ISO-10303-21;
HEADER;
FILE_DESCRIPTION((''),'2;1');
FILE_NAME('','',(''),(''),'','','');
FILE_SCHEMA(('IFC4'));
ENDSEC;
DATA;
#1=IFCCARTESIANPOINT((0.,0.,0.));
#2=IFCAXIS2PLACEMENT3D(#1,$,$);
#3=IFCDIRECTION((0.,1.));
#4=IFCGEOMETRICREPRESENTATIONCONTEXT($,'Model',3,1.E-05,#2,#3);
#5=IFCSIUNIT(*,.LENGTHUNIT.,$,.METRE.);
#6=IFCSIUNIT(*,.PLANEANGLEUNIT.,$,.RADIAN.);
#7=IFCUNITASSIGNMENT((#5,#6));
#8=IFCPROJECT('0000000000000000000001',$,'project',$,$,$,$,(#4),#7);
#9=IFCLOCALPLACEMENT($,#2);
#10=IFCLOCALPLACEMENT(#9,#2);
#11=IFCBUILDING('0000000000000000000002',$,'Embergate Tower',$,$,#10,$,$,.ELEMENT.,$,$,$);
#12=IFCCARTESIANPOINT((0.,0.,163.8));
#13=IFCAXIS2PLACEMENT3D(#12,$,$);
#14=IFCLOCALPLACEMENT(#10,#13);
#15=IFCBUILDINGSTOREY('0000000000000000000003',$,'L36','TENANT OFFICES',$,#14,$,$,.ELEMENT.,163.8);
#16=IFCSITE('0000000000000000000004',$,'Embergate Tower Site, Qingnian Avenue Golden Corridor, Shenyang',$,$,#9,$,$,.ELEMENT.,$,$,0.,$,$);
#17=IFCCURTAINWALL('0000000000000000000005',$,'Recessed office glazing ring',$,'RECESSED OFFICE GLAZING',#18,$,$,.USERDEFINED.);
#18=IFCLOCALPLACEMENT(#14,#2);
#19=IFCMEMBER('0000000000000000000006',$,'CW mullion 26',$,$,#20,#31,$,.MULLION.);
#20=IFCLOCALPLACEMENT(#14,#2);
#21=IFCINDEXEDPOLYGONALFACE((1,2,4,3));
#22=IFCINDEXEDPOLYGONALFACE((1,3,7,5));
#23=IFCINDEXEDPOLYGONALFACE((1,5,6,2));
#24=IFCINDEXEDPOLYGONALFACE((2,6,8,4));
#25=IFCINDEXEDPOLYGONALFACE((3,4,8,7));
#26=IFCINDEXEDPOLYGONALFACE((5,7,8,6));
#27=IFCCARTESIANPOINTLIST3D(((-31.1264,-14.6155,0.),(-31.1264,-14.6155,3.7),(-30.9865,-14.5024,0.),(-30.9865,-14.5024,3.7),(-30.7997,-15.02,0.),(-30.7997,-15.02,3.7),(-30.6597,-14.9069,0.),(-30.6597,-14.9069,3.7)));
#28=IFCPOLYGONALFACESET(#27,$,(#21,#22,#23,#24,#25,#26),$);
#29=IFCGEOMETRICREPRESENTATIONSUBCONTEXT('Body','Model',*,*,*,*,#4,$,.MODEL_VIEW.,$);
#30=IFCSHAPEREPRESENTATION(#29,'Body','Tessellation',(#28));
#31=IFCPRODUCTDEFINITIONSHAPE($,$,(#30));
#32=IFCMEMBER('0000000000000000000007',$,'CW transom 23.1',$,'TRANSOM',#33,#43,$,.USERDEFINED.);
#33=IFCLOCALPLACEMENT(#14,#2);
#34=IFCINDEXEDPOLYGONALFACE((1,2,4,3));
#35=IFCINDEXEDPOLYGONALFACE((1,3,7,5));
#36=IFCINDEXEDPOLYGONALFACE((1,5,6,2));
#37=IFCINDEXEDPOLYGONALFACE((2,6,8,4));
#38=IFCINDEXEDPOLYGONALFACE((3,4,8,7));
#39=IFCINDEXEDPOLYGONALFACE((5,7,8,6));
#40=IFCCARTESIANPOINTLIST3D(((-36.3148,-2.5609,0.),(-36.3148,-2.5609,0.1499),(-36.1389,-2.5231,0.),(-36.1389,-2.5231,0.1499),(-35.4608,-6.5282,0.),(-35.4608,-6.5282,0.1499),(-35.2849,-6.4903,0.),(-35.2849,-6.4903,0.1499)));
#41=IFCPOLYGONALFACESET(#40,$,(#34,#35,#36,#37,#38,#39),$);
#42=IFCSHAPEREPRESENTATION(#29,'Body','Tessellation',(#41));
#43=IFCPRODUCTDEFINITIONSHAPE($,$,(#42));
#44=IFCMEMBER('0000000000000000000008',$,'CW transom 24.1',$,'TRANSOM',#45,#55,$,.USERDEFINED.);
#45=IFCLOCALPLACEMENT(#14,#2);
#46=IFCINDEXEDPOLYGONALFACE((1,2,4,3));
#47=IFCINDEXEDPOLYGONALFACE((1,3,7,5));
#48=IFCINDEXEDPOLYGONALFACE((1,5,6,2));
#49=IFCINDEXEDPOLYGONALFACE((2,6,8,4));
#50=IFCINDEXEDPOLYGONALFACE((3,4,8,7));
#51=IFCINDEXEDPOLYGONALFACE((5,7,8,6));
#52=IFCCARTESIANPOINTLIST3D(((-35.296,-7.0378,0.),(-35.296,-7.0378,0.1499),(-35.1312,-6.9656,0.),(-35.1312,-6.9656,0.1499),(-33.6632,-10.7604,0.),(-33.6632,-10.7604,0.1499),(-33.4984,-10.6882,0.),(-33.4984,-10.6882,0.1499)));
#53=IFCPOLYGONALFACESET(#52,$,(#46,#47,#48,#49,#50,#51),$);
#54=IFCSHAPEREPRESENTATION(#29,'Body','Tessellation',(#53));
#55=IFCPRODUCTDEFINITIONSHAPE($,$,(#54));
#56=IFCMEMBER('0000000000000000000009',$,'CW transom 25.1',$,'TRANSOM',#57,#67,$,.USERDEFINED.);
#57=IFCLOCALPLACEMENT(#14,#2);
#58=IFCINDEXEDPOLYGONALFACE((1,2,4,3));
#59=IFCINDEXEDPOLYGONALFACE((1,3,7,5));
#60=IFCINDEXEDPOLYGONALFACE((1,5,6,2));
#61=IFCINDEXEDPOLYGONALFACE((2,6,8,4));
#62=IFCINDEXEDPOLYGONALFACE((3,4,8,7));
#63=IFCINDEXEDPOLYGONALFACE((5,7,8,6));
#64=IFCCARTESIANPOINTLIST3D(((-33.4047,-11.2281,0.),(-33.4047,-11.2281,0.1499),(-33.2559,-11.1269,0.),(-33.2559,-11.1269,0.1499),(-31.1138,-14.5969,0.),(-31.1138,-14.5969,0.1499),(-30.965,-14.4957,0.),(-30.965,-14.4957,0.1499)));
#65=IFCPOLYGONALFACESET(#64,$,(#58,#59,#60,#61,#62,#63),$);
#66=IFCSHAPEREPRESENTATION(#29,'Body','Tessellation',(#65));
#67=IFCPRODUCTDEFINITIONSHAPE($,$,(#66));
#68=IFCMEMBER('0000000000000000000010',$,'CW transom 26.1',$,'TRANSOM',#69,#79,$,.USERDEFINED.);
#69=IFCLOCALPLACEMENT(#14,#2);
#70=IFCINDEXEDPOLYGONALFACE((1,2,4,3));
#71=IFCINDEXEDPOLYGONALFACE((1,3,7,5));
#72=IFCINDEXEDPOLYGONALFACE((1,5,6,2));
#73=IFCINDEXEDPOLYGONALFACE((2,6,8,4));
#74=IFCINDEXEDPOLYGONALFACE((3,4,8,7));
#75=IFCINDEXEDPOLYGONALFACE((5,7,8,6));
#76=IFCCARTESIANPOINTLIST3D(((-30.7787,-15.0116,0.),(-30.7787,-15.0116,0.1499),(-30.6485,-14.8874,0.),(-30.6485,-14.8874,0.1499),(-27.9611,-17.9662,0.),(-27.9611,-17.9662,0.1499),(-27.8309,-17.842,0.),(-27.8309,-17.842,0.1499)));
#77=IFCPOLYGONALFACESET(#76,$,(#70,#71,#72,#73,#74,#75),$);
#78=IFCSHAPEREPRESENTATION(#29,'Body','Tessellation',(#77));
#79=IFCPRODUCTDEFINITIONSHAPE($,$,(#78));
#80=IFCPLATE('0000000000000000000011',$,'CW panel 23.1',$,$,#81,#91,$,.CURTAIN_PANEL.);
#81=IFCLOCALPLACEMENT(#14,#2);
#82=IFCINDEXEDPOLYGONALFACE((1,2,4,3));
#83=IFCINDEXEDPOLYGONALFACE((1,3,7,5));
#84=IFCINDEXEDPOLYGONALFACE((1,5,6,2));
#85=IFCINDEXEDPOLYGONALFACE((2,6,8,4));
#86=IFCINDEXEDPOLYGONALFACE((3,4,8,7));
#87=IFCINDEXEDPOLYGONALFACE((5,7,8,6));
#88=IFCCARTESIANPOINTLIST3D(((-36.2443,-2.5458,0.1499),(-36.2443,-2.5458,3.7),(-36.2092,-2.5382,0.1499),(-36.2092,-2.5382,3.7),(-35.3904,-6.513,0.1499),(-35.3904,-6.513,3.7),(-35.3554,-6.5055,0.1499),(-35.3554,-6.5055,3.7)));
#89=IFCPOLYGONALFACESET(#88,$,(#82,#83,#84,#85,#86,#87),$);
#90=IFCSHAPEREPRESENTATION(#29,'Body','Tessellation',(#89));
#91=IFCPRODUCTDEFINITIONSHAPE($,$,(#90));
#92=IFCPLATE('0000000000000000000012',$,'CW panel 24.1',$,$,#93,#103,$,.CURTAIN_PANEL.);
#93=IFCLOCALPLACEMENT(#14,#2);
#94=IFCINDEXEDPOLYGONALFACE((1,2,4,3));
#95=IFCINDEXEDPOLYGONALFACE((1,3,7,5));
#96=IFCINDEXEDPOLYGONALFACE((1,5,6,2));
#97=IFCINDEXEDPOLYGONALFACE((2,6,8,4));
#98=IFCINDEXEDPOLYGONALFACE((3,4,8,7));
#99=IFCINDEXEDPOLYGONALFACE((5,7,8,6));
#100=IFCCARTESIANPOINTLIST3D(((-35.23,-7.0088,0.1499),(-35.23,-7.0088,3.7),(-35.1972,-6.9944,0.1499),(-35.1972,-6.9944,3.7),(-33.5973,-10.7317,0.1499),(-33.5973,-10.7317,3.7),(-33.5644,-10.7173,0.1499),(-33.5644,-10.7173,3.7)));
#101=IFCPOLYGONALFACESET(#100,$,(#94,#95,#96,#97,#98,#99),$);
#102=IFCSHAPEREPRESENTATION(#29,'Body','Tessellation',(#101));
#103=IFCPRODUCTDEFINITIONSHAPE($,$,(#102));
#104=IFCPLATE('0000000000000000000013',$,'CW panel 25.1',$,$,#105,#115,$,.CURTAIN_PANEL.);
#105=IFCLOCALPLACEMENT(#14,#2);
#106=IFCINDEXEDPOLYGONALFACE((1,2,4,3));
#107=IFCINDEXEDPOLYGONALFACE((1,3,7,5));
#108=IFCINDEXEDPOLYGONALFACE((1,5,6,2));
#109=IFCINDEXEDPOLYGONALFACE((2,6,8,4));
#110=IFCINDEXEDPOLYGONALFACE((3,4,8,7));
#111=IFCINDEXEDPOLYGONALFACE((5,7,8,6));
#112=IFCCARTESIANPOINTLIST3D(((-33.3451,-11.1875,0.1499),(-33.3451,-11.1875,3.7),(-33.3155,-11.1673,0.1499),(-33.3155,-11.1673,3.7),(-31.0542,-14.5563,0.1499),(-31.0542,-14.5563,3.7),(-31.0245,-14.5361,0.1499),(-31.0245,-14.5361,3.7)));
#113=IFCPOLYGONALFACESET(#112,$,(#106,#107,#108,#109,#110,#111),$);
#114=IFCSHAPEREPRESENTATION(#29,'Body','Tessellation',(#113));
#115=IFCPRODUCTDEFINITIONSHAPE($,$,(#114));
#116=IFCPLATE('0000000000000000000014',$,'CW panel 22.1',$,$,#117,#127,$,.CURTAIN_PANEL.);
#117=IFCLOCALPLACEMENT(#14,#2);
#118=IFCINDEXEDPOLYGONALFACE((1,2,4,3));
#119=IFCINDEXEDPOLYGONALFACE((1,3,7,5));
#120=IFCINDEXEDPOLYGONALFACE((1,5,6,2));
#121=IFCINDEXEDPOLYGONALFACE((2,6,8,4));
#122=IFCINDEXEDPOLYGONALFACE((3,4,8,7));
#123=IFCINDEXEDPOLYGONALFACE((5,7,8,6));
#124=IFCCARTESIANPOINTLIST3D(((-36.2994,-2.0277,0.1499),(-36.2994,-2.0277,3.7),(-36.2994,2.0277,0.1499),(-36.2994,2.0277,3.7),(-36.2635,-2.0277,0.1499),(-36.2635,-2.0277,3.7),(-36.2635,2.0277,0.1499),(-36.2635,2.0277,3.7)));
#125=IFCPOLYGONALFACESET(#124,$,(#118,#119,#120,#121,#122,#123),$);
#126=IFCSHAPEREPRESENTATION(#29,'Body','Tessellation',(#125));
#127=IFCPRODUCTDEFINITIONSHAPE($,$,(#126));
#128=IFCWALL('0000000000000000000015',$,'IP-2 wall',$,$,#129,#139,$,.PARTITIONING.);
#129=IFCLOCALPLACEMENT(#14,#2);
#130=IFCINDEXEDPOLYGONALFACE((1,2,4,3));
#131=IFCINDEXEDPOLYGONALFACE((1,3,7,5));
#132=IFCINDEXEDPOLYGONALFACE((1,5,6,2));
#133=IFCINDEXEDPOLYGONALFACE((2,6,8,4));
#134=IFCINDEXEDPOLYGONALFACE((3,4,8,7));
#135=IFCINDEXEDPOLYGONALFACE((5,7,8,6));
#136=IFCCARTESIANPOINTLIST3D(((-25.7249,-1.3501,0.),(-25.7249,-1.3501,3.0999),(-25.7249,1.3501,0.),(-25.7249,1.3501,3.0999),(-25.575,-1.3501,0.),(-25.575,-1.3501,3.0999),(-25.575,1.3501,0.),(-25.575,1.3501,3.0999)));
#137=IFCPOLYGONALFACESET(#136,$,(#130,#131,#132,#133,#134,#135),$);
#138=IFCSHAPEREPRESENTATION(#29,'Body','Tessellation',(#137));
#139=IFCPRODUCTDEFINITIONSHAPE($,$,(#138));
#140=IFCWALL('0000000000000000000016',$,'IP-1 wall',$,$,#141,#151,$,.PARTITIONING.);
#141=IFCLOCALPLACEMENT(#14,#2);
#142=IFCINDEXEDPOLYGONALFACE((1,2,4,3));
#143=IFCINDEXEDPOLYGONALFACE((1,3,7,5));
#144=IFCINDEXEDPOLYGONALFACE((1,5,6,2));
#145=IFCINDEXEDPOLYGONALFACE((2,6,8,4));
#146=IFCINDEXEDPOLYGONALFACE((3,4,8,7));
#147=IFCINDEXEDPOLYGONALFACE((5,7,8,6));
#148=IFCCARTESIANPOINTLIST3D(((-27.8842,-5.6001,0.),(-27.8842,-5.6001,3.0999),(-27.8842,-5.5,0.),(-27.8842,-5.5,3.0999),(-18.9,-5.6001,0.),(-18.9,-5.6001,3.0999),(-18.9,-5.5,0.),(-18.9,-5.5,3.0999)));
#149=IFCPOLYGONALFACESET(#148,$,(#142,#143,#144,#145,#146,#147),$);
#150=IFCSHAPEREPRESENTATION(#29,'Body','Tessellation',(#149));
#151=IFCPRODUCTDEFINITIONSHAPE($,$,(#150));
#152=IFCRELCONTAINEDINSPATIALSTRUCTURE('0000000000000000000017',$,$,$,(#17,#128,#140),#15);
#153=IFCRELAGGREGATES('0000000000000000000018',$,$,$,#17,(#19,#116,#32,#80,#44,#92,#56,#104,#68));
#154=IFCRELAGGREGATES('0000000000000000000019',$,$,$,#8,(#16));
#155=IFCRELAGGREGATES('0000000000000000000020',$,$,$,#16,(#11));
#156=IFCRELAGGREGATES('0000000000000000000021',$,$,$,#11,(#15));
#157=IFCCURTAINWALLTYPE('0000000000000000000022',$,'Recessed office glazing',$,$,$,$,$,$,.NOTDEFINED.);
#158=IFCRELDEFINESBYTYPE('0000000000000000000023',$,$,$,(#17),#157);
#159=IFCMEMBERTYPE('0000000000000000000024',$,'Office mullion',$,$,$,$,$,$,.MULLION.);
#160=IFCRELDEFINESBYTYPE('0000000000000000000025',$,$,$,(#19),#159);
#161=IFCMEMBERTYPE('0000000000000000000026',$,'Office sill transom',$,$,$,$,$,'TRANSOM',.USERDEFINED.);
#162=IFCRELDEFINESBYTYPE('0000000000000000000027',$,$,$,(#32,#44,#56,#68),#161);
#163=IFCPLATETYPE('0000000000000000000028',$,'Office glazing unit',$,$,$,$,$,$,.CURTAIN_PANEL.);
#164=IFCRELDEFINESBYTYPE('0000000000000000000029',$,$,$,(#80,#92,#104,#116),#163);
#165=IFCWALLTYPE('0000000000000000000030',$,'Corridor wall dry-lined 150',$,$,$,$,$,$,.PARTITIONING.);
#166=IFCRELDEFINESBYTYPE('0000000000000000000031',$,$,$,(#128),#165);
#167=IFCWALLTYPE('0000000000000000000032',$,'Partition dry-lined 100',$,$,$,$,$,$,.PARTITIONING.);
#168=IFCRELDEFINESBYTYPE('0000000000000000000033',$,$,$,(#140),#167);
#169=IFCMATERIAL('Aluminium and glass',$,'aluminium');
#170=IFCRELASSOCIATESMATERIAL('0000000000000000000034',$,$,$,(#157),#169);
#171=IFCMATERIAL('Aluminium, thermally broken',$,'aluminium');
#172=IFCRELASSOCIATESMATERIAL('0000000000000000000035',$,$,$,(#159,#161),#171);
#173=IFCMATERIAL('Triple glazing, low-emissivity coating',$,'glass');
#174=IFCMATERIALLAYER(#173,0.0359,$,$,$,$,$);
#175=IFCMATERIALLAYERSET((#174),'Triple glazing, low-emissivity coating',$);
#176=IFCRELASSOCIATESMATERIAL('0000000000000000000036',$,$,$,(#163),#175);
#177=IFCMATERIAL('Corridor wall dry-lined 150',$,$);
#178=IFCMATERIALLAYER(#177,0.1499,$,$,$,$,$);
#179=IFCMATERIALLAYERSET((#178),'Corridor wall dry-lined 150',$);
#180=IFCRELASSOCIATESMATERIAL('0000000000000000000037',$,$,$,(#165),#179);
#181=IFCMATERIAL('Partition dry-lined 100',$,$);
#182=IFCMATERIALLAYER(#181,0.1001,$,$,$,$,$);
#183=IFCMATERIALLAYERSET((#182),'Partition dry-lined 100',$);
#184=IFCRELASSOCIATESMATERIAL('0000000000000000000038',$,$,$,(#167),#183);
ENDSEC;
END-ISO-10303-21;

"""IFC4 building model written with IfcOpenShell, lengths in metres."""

from ifc_helpers import new_model, si_unit, direction, frame, frame_2d, origin, origin_2d, place, context, subcontext, project, spatial, rectangle, extrude, source, transform, mapped, material, layer, layer_set, material_profile, profile_set, type_object, element, aggregate, save


model = new_model("IFC4")

# Units and contexts
model_context = context("Model", 3, precision=1e-05, world=origin(), true_north=direction((0.0, 1.0)))
body_context = subcontext(model_context, "Body", "Model", "MODEL_VIEW")
ifc_project = project(units=[si_unit("LENGTHUNIT", "METRE"), si_unit("PLANEANGLEUNIT", "RADIAN")], contexts=[model_context])

# Site, building, storey
site_placement = place(None, origin())
site = spatial("IfcSite", under=ifc_project, at=site_placement, Name="Embergate Tower Site, Qingnian Avenue Golden Corridor, Shenyang", CompositionType="ELEMENT", RefElevation=0.0)
building_placement = place(site_placement, origin())
building = spatial("IfcBuilding", under=site, at=building_placement, Name="Embergate Tower", CompositionType="ELEMENT")
storey_placement = place(building_placement, frame((0.0, 0.0, 163.8)))
storey = spatial("IfcBuildingStorey", under=building, at=storey_placement, Name="L36", Description="TENANT OFFICES", CompositionType="ELEMENT", Elevation=163.8)

# Curtain wall, members, plates
ifc_material_1 = material(Name="Aluminium and glass", Category="aluminium")
curtain_wall_type = type_object("IfcCurtainWallType", Name="Recessed office glazing", PredefinedType="NOTDEFINED", material=ifc_material_1)
curtain_wall_placement = place(storey_placement, origin())
curtain_wall = element("IfcCurtainWall", 1, at=curtain_wall_placement, inside=storey, type_object=curtain_wall_type, Name="Recessed office glazing ring", ObjectType="RECESSED OFFICE GLAZING", PredefinedType="USERDEFINED")
ifc_material_2 = material(Name="Aluminium, thermally broken", Category="aluminium")
ifc_material_profile_1 = material_profile(ifc_material_2, rectangle(XDim=0.1799, YDim=0.52, at=origin_2d()), Name="AL 520x180")
ifc_profile_set_1 = profile_set([ifc_material_profile_1], Name="Aluminium, thermally broken")
member_type_1 = type_object("IfcMemberType", Name="Office mullion", PredefinedType="MULLION", material=ifc_profile_set_1)
shared_shape_1 = source(origin(), body_context, "Body", "SweptSolid", [
    extrude(rectangle(XDim=0.1799, YDim=0.52, at=origin_2d()), origin(), (0.0, 0.0, 1.0), 3.7),
])
member_1_placement = place(storey_placement, frame((-30.8931, -14.7612, 0.0), z_axis=(0.0, 0.0, 1.0), x_axis=(0.777873, 0.628422, 0.0)))
member_1 = element("IfcMember", 2, at=member_1_placement, type_object=member_type_1, Name="CW mullion 26", PredefinedType="MULLION", context=body_context, shape_type="MappedRepresentation", body=[
    mapped(shared_shape_1, transform((0.0, 0.0, 0.0))),
])
ifc_material_profile_2 = material_profile(ifc_material_2, rectangle(XDim=0.1799, YDim=0.1499, at=origin_2d()), Name="AL 150x180")
ifc_profile_set_2 = profile_set([ifc_material_profile_2], Name="Aluminium, thermally broken")
member_type_2 = type_object("IfcMemberType", Name="Office sill transom", ElementType="TRANSOM", PredefinedType="USERDEFINED", material=ifc_profile_set_2)
shared_shape_2 = source(origin(), body_context, "Body", "SweptSolid", [
    extrude(rectangle(XDim=0.1799, YDim=0.1499, at=origin_2d()), origin(), (0.0, 0.0, 1.0), 4.0581),
])
member_2_placement = place(storey_placement, frame((-36.2268, -2.542, 0.075), z_axis=(0.210441, -0.977607, 0.0), x_axis=(0.977607, 0.210441, 0.0)))
member_2 = element("IfcMember", 3, at=member_2_placement, type_object=member_type_2, Name="CW transom 23.1", ObjectType="TRANSOM", PredefinedType="USERDEFINED", context=body_context, shape_type="MappedRepresentation", body=[
    mapped(shared_shape_2, transform((0.0, 0.0, 0.0))),
])
shared_shape_3 = source(origin(), body_context, "Body", "SweptSolid", [
    extrude(rectangle(XDim=0.1799, YDim=0.1499, at=origin_2d()), origin(), (0.0, 0.0, 1.0), 4.0649),
])
member_3_placement = place(storey_placement, frame((-35.2136, -7.0017, 0.075), z_axis=(0.401676, -0.915782, 0.0), x_axis=(0.915782, 0.401676, 0.0)))
member_3 = element("IfcMember", 4, at=member_3_placement, type_object=member_type_2, Name="CW transom 24.1", ObjectType="TRANSOM", PredefinedType="USERDEFINED", context=body_context, shape_type="MappedRepresentation", body=[
    mapped(shared_shape_3, transform((0.0, 0.0, 0.0))),
])
shared_shape_4 = source(origin(), body_context, "Body", "SweptSolid", [
    extrude(rectangle(XDim=0.1799, YDim=0.1499, at=origin_2d()), origin(), (0.0, 0.0, 1.0), 4.074),
])
member_4_placement = place(storey_placement, frame((-33.3303, -11.1775, 0.075), z_axis=(0.562338, -0.826908, 0.0), x_axis=(0.826908, 0.562338, 0.0)))
member_4 = element("IfcMember", 5, at=member_4_placement, type_object=member_type_2, Name="CW transom 25.1", ObjectType="TRANSOM", PredefinedType="USERDEFINED", context=body_context, shape_type="MappedRepresentation", body=[
    mapped(shared_shape_4, transform((0.0, 0.0, 0.0))),
])
shared_shape_5 = source(origin(), body_context, "Body", "SweptSolid", [
    extrude(rectangle(XDim=0.1799, YDim=0.1499, at=origin_2d()), origin(), (0.0, 0.0, 1.0), 4.0828),
])
member_5_placement = place(storey_placement, frame((-30.7136, -14.9495, 0.075), z_axis=(0.690134, -0.723681, 0.0), x_axis=(0.723681, 0.690134, 0.0)))
member_5 = element("IfcMember", 6, at=member_5_placement, type_object=member_type_2, Name="CW transom 26.1", ObjectType="TRANSOM", PredefinedType="USERDEFINED", context=body_context, shape_type="MappedRepresentation", body=[
    mapped(shared_shape_5, transform((0.0, 0.0, 0.0))),
])
ifc_material_3 = material(Name="Triple glazing, low-emissivity coating", Category="glass")
ifc_layer_1 = layer(ifc_material_3, 0.0359)
ifc_layer_set_1 = layer_set([ifc_layer_1], Name="Triple glazing, low-emissivity coating")
plate_type = type_object("IfcPlateType", Name="Office glazing unit", PredefinedType="CURTAIN_PANEL", material=ifc_layer_set_1)
shared_shape_6 = source(origin(), body_context, "Body", "SweptSolid", [
    extrude(rectangle(XDim=4.0581, YDim=0.0359, at=origin_2d()), origin(), (0.0, 0.0, 1.0), 3.55),
])
plate_1_placement = place(storey_placement, frame((-35.7998, -4.5256, 0.1499), z_axis=(0.0, 0.0, 1.0), x_axis=(0.210398, -0.977616, 0.0)))
plate_1 = element("IfcPlate", 7, at=plate_1_placement, type_object=plate_type, Name="CW panel 23.1", PredefinedType="CURTAIN_PANEL", context=body_context, shape_type="MappedRepresentation", body=[
    mapped(shared_shape_6, transform((0.0, 0.0, 0.0))),
])
shared_shape_7 = source(origin(), body_context, "Body", "SweptSolid", [
    extrude(rectangle(XDim=4.0652, YDim=0.0359, at=origin_2d()), origin(), (0.0, 0.0, 1.0), 3.55),
])
plate_2_placement = place(storey_placement, frame((-34.3972, -8.863, 0.1499), z_axis=(0.0, 0.0, 1.0), x_axis=(0.401652, -0.915792, 0.0)))
plate_2 = element("IfcPlate", 8, at=plate_2_placement, type_object=plate_type, Name="CW panel 24.1", PredefinedType="CURTAIN_PANEL", context=body_context, shape_type="MappedRepresentation", body=[
    mapped(shared_shape_7, transform((0.0, 0.0, 0.0))),
])
shared_shape_8 = source(origin(), body_context, "Body", "SweptSolid", [
    extrude(rectangle(XDim=4.074, YDim=0.0359, at=origin_2d()), origin(), (0.0, 0.0, 1.0), 3.55),
])
plate_3_placement = place(storey_placement, frame((-32.1848, -12.8618, 0.1499), z_axis=(0.0, 0.0, 1.0), x_axis=(0.562342, -0.826905, 0.0)))
plate_3 = element("IfcPlate", 9, at=plate_3_placement, type_object=plate_type, Name="CW panel 25.1", PredefinedType="CURTAIN_PANEL", context=body_context, shape_type="MappedRepresentation", body=[
    mapped(shared_shape_8, transform((0.0, 0.0, 0.0))),
])
shared_shape_9 = source(origin(), body_context, "Body", "SweptSolid", [
    extrude(rectangle(XDim=4.0554, YDim=0.0359, at=origin_2d()), origin(), (0.0, 0.0, 1.0), 3.55),
])
plate_4_placement = place(storey_placement, frame((-36.2815, 0.0, 0.1499), z_axis=(0.0, 0.0, 1.0), x_axis=(0.0, -1.0, 0.0)))
plate_4 = element("IfcPlate", 10, at=plate_4_placement, type_object=plate_type, Name="CW panel 22.1", PredefinedType="CURTAIN_PANEL", context=body_context, shape_type="MappedRepresentation", body=[
    mapped(shared_shape_9, transform((0.0, 0.0, 0.0))),
])
aggregate(curtain_wall, [member_1, plate_4, member_2, plate_1, member_3, plate_2, member_4, plate_3, member_5])

# Walls
ifc_material_4 = material(Name="Corridor wall dry-lined 150")
ifc_layer_2 = layer(ifc_material_4, 0.1499)
ifc_layer_set_2 = layer_set([ifc_layer_2], Name="Corridor wall dry-lined 150")
wall_type_1 = type_object("IfcWallType", Name="Corridor wall dry-lined 150", PredefinedType="PARTITIONING", material=ifc_layer_set_2)
shared_shape_10 = source(origin(), body_context, "Body", "SweptSolid", [
    extrude(rectangle(XDim=2.7002, YDim=0.1499, at=frame_2d((1.3501, 0.0))), origin(), (0.0, 0.0, 1.0), 3.0999),
])
wall_1_placement = place(storey_placement, frame((-25.6499, -1.3501, 0.0), z_axis=(0.0, 0.0, 1.0), x_axis=(0.0, 1.0, 0.0)))
element("IfcWall", 11, at=wall_1_placement, inside=storey, type_object=wall_type_1, Name="IP-2 wall", PredefinedType="PARTITIONING", context=body_context, shape_type="MappedRepresentation", body=[
    mapped(shared_shape_10, transform((0.0, 0.0, 0.0))),
])
ifc_material_5 = material(Name="Partition dry-lined 100")
ifc_layer_3 = layer(ifc_material_5, 0.1001)
ifc_layer_set_3 = layer_set([ifc_layer_3], Name="Partition dry-lined 100")
wall_type_2 = type_object("IfcWallType", Name="Partition dry-lined 100", PredefinedType="PARTITIONING", material=ifc_layer_set_3)
shared_shape_11 = source(origin(), body_context, "Body", "SweptSolid", [
    extrude(rectangle(XDim=8.9841, YDim=0.1001, at=frame_2d((4.4922, 0.0))), origin(), (0.0, 0.0, 1.0), 3.0999),
])
wall_2_placement = place(storey_placement, frame((-18.8999, -5.55, 0.0), z_axis=(0.0, 0.0, 1.0), x_axis=(-1.0, 0.0, 0.0)))
element("IfcWall", 12, at=wall_2_placement, inside=storey, type_object=wall_type_2, Name="IP-1 wall", PredefinedType="PARTITIONING", context=body_context, shape_type="MappedRepresentation", body=[
    mapped(shared_shape_11, transform((0.0, 0.0, 0.0))),
])

save(model, "model.ifc")
